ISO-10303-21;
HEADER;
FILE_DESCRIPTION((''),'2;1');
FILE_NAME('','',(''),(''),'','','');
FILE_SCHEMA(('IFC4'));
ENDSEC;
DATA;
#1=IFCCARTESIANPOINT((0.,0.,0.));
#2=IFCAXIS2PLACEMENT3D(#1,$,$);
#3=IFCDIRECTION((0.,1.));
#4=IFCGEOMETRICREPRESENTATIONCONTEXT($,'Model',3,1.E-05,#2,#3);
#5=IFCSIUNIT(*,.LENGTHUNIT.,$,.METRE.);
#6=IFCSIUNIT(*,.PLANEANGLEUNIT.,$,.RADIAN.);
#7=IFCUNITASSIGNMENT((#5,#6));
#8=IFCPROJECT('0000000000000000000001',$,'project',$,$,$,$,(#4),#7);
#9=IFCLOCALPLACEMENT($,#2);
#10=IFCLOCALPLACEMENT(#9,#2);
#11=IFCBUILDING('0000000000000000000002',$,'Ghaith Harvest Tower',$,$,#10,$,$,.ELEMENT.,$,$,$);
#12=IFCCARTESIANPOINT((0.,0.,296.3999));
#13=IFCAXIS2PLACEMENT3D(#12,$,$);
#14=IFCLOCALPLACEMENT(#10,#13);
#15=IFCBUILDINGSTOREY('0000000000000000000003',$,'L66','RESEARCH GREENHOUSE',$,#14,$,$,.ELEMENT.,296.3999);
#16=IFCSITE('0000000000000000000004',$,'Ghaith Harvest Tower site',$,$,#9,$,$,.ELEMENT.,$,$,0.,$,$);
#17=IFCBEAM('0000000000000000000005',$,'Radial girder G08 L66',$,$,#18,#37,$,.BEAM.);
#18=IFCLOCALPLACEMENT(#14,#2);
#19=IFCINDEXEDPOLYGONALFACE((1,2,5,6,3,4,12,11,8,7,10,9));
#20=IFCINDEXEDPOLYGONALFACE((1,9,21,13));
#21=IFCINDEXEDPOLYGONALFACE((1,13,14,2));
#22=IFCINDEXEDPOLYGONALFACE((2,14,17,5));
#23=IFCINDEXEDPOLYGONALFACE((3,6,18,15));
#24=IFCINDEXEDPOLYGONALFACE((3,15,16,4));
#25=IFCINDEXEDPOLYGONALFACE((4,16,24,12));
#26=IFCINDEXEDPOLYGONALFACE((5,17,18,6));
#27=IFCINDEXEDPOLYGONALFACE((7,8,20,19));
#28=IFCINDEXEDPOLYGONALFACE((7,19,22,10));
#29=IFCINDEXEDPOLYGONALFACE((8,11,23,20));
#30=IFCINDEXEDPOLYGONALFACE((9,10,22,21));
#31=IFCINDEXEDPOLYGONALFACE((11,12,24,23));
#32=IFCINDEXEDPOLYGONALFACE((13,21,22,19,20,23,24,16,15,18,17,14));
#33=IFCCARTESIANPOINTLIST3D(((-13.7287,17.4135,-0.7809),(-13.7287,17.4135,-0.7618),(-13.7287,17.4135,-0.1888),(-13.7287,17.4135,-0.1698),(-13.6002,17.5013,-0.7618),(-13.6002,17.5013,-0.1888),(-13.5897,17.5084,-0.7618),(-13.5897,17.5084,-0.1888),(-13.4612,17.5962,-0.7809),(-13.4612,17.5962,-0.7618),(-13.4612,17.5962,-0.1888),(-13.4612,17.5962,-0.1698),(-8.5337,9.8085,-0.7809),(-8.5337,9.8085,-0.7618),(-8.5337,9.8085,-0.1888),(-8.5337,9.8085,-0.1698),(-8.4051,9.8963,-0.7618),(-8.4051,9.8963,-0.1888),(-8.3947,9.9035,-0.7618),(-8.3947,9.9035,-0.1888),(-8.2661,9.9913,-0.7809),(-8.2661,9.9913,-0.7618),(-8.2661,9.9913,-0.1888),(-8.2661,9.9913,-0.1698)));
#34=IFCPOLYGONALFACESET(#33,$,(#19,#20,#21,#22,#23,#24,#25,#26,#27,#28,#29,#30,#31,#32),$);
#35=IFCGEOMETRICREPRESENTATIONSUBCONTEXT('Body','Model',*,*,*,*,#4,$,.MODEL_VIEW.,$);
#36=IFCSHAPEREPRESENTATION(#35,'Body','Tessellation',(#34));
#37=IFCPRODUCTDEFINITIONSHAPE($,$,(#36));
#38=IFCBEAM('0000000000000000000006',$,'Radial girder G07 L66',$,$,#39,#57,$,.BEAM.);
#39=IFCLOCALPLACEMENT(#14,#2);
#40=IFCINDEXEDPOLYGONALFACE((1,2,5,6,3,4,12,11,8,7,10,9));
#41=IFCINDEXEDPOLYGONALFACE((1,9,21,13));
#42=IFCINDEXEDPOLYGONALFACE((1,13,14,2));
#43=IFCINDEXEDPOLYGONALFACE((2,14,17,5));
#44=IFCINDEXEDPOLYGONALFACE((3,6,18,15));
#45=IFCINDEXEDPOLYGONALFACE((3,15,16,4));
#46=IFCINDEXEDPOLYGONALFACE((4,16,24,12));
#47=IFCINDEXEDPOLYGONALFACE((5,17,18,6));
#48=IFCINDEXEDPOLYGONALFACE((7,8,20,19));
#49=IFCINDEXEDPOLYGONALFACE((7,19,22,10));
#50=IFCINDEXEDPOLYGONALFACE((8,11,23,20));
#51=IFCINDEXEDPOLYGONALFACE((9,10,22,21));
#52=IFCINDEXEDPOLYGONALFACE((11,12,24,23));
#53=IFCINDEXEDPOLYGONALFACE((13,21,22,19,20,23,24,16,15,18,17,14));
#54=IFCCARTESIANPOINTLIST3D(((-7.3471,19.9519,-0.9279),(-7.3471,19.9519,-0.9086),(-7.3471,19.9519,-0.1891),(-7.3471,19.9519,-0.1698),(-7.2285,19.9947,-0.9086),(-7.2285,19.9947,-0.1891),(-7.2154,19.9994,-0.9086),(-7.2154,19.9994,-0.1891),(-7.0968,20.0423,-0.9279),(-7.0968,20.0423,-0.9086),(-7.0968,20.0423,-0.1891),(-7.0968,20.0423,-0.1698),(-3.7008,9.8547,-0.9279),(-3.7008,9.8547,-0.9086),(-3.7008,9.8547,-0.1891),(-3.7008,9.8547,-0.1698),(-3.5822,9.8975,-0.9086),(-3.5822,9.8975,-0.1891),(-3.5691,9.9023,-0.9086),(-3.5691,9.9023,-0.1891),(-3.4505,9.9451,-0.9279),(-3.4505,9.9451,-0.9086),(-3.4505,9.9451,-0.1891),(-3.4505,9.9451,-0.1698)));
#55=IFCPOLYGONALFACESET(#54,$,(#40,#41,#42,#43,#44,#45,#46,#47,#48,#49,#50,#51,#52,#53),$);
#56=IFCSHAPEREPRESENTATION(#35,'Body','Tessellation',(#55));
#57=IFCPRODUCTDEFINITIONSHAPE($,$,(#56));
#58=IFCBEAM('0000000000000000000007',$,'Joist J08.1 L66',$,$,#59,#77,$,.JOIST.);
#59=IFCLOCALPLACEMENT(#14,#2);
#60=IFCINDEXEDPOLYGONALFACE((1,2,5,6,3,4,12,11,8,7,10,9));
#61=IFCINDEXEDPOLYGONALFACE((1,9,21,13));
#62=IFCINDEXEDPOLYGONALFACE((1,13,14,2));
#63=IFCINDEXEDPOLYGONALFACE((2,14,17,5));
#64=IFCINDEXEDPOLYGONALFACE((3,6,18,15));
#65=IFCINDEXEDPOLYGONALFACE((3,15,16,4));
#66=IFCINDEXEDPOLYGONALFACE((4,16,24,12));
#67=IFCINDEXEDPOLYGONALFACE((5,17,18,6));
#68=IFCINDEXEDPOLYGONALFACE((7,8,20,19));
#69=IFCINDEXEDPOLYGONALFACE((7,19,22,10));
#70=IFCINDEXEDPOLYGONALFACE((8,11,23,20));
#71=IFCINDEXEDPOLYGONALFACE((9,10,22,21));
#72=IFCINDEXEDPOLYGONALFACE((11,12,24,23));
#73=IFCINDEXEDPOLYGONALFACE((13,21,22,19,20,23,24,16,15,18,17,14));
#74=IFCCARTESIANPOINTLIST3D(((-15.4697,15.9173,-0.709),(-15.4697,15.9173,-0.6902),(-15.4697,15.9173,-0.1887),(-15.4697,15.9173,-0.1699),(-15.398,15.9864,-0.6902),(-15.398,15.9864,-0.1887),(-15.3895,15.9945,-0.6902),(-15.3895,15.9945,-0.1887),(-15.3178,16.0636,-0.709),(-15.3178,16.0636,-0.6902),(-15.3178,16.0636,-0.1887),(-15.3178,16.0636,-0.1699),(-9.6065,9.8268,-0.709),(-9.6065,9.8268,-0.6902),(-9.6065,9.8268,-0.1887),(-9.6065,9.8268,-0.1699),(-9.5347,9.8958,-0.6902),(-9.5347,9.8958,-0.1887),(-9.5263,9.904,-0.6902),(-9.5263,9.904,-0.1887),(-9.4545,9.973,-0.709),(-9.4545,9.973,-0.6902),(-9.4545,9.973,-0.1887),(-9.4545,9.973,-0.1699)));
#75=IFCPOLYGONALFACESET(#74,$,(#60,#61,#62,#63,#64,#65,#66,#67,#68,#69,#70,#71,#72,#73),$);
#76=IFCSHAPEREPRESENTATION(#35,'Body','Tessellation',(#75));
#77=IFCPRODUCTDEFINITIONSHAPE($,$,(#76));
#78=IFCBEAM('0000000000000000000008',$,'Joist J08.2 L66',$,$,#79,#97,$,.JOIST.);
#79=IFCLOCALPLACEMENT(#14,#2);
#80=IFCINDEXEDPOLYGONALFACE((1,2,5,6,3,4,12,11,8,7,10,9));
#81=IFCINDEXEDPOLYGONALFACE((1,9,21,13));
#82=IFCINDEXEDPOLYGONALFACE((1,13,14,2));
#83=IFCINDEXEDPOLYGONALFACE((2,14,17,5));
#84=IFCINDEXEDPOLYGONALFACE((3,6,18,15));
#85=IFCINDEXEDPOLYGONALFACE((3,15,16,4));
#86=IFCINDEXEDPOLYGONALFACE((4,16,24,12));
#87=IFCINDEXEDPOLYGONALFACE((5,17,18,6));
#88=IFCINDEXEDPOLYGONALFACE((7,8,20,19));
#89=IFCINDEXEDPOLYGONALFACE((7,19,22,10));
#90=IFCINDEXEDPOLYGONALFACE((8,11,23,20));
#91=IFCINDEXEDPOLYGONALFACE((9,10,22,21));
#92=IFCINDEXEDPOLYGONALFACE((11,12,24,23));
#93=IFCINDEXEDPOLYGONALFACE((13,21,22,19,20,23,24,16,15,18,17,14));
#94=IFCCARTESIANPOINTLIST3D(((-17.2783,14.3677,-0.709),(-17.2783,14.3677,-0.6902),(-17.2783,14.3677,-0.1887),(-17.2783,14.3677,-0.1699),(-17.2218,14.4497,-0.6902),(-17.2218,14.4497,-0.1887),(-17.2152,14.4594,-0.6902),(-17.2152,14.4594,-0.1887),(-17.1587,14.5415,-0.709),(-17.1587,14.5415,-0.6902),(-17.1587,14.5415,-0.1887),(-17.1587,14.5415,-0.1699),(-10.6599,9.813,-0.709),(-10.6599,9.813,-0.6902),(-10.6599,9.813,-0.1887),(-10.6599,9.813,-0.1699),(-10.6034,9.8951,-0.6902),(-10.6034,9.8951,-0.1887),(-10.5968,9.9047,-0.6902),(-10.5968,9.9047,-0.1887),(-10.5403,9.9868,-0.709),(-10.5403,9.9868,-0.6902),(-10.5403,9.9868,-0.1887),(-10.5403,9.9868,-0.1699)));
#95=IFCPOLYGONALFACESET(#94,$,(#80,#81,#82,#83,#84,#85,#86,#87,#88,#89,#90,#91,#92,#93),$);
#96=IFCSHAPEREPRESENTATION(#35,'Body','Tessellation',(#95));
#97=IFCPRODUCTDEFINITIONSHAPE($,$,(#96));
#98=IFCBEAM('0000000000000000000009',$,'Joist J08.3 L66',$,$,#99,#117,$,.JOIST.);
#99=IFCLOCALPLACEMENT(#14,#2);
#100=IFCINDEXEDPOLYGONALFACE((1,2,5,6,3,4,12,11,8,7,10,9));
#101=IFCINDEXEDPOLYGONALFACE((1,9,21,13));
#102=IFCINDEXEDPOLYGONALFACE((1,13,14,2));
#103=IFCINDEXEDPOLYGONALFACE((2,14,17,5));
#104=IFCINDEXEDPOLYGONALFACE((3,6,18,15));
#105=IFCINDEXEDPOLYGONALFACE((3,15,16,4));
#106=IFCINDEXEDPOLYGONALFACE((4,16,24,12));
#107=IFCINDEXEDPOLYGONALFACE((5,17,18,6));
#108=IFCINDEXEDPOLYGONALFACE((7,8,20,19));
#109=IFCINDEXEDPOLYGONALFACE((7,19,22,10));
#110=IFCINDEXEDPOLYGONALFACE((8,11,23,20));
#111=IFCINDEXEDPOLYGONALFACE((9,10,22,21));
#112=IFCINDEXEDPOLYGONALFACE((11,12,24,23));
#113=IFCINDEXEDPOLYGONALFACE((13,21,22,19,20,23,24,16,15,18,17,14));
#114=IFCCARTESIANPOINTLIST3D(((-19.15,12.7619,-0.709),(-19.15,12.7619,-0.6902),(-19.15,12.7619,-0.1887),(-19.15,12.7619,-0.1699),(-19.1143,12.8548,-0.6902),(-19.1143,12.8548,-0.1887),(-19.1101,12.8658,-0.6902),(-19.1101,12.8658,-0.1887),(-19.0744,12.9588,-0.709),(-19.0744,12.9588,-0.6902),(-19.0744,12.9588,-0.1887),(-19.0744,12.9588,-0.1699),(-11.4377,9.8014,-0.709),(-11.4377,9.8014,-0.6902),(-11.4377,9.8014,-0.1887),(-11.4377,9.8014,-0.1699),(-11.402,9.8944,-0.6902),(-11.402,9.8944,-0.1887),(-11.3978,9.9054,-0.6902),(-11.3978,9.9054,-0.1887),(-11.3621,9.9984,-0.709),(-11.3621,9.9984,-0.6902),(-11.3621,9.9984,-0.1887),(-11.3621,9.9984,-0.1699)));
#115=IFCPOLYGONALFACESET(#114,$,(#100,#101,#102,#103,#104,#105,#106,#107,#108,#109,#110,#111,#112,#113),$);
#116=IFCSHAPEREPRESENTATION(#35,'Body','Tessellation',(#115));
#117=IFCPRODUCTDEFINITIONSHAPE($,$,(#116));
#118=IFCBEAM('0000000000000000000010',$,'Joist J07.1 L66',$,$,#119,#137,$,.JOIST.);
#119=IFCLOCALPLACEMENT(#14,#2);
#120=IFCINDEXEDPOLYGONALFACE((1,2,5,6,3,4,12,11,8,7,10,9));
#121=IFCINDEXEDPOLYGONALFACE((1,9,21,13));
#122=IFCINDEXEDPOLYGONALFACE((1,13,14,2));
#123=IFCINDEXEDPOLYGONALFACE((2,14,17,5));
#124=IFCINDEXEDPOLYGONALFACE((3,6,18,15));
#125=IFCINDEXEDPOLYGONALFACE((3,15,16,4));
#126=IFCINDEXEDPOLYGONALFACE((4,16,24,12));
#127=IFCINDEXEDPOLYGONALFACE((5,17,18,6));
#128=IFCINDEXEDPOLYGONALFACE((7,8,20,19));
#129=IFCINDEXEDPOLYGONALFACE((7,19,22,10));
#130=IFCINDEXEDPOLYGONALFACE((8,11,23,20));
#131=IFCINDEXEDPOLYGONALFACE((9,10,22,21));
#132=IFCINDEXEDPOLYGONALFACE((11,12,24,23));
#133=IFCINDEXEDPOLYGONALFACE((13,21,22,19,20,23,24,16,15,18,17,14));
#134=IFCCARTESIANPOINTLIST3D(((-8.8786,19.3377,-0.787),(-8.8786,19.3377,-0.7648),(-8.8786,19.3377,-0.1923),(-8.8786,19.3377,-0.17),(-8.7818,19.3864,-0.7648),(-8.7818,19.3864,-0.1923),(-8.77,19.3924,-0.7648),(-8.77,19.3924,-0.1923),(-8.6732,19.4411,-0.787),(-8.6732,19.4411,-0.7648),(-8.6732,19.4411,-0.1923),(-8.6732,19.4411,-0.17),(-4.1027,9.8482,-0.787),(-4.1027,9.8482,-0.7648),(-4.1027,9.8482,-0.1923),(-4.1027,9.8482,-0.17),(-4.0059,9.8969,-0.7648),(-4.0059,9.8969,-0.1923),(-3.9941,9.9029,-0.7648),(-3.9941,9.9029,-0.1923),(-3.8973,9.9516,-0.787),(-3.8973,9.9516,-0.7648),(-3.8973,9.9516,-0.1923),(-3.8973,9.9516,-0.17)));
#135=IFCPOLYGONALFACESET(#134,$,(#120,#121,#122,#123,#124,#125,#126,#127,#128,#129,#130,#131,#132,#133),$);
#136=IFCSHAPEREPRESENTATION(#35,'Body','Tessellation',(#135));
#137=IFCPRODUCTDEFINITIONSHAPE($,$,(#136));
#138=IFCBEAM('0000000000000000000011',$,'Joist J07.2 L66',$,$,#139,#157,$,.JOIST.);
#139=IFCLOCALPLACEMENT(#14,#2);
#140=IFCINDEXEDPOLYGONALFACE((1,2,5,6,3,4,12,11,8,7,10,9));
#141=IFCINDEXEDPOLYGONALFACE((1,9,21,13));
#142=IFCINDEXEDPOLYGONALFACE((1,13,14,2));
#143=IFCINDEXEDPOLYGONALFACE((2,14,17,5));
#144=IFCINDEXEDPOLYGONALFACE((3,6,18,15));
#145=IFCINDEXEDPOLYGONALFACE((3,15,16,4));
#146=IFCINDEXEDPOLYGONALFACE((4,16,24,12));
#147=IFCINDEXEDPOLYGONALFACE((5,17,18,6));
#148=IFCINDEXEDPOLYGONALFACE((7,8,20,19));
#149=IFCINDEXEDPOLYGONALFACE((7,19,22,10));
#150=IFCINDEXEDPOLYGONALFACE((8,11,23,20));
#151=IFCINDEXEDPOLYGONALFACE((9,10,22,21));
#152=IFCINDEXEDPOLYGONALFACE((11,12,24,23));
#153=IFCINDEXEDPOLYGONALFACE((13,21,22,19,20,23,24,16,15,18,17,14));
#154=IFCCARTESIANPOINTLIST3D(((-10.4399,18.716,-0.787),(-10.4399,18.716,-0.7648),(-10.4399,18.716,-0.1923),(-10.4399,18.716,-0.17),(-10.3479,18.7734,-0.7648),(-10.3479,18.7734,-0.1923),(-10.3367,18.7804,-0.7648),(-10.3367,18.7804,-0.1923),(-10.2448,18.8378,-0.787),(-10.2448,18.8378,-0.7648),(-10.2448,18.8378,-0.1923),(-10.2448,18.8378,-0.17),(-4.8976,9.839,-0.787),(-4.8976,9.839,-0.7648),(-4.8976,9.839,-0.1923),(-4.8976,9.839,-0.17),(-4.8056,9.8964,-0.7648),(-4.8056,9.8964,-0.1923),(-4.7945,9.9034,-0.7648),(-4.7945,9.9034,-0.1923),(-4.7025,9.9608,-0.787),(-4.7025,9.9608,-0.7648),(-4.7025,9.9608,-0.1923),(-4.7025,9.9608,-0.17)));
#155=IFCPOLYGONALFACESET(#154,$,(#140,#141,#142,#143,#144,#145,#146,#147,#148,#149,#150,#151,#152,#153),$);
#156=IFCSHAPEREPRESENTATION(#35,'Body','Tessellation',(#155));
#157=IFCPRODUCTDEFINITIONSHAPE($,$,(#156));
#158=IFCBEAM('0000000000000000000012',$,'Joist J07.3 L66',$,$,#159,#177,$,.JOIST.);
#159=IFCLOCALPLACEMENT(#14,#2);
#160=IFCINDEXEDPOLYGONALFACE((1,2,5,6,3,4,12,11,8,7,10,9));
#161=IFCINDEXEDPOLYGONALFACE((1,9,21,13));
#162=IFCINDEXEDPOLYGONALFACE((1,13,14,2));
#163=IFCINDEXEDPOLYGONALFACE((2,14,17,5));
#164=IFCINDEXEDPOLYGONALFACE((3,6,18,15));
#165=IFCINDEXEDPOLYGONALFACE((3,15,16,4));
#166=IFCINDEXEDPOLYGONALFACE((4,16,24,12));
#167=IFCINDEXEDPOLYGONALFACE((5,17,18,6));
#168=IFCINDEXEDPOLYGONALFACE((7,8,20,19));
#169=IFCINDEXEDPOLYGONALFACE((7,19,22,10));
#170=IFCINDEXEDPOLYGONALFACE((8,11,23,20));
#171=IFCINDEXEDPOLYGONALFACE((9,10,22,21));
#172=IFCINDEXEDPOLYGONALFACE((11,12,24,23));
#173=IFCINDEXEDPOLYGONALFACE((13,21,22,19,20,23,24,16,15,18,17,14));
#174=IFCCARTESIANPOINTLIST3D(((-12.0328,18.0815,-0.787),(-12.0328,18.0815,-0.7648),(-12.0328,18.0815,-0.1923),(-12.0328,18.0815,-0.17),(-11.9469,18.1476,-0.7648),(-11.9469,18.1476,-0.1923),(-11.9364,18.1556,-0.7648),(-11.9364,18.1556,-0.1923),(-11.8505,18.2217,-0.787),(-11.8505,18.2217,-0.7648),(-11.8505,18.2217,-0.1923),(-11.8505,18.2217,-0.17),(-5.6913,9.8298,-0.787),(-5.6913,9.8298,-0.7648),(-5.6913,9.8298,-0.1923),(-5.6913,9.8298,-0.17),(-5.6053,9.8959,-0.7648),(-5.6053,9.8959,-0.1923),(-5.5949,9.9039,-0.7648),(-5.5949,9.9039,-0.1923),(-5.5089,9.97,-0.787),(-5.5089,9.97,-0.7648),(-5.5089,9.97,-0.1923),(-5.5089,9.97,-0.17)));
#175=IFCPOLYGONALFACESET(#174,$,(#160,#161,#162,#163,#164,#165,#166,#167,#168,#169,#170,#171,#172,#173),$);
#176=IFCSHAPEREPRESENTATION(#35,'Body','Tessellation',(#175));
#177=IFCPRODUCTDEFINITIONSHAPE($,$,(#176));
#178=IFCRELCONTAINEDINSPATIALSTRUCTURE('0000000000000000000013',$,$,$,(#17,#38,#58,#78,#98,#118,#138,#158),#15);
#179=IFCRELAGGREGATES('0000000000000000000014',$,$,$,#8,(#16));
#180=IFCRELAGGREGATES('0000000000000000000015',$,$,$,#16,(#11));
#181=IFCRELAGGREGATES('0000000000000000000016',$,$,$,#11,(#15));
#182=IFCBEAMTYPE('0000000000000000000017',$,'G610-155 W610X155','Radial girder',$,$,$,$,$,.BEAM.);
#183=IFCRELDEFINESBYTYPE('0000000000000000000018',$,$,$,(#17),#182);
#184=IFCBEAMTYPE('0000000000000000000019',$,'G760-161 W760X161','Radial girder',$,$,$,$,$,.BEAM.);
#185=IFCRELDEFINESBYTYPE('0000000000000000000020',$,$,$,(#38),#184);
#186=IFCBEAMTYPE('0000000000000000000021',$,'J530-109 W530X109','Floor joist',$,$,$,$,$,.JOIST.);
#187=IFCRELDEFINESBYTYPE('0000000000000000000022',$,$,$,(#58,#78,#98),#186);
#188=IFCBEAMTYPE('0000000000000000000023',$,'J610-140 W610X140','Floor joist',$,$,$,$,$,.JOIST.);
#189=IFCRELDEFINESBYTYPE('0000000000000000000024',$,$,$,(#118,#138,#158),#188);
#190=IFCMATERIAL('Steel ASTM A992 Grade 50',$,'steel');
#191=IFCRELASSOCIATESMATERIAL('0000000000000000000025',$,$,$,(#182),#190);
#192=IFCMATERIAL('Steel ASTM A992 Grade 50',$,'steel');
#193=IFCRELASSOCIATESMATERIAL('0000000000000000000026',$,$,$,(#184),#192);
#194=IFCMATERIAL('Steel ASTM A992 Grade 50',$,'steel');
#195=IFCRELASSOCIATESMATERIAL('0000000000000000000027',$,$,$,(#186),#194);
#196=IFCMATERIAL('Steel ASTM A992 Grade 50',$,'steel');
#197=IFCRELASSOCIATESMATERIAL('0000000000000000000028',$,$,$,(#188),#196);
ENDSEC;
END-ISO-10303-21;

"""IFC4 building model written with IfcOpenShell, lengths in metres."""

from ifc_helpers import new_model, si_unit, direction, frame, origin, origin_2d, place, context, subcontext, project, spatial, i_section, extrude, material, material_profile, profile_set, type_object, element, save


model = new_model("IFC4")

# Units and contexts
model_context = context("Model", 3, precision=1e-05, world=origin(), true_north=direction((0.0, 1.0)))
body_context = subcontext(model_context, "Body", "Model", "MODEL_VIEW")
ifc_project = project(units=[si_unit("LENGTHUNIT", "METRE"), si_unit("PLANEANGLEUNIT", "RADIAN")], contexts=[model_context])

# Site, building, storey
site_placement = place(None, origin())
site = spatial("IfcSite", under=ifc_project, at=site_placement, Name="Ghaith Harvest Tower site", CompositionType="ELEMENT", RefElevation=0.0)
building_placement = place(site_placement, origin())
building = spatial("IfcBuilding", under=site, at=building_placement, Name="Ghaith Harvest Tower", CompositionType="ELEMENT")
storey_placement = place(building_placement, frame((0.0, 0.0, 296.3999)))
storey = spatial("IfcBuildingStorey", under=building, at=storey_placement, Name="L66", Description="RESEARCH GREENHOUSE", CompositionType="ELEMENT", Elevation=296.3999)

# Beams
ifc_material_1 = material(Name="Steel ASTM A992 Grade 50", Category="steel")
ifc_material_profile_1 = material_profile(ifc_material_1, i_section(OverallWidth=0.324, OverallDepth=0.6111, WebThickness=0.0127, FlangeThickness=0.019, at=origin_2d()), Name="W610X155")
ifc_profile_set_1 = profile_set([ifc_material_profile_1], Name="Steel ASTM A992 Grade 50")
beam_type_1 = type_object("IfcBeamType", Name="G610-155 W610X155", Description="Radial girder", PredefinedType="BEAM", material=ifc_profile_set_1)
beam_1_placement = place(storey_placement, frame((-8.3999, 9.8999, -0.4753), z_axis=(-0.564067, 0.825729, 0.0), x_axis=(-0.825729, -0.564067, 0.0)))
element("IfcBeam", 1, at=beam_1_placement, inside=storey, type_object=beam_type_1, Name="Radial girder G08 L66", PredefinedType="BEAM", context=body_context, shape_type="SweptSolid", body=[
    extrude(i_section(OverallWidth=0.324, OverallDepth=0.6111, WebThickness=0.0127, FlangeThickness=0.019, at=origin_2d()), origin(), (0.0, 0.0, 1.0), 9.21),
])
ifc_material_2 = material(Name="Steel ASTM A992 Grade 50", Category="steel")
ifc_material_profile_2 = material_profile(ifc_material_2, i_section(OverallWidth=0.2661, OverallDepth=0.7581, WebThickness=0.0139, FlangeThickness=0.0193, at=origin_2d()), Name="W760X161")
ifc_profile_set_2 = profile_set([ifc_material_profile_2], Name="Steel ASTM A992 Grade 50")
beam_type_2 = type_object("IfcBeamType", Name="G760-161 W760X161", Description="Radial girder", PredefinedType="BEAM", material=ifc_profile_set_2)
beam_2_placement = place(storey_placement, frame((-3.5757, 9.8999, -0.5488), z_axis=(-0.339648, 0.940553, 0.0), x_axis=(-0.940553, -0.339648, 0.0)))
element("IfcBeam", 2, at=beam_2_placement, inside=storey, type_object=beam_type_2, Name="Radial girder G07 L66", PredefinedType="BEAM", context=body_context, shape_type="SweptSolid", body=[
    extrude(i_section(OverallWidth=0.2661, OverallDepth=0.7581, WebThickness=0.0139, FlangeThickness=0.0193, at=origin_2d()), origin(), (0.0, 0.0, 1.0), 10.7354),
])
ifc_material_3 = material(Name="Steel ASTM A992 Grade 50", Category="steel")
ifc_material_profile_3 = material_profile(ifc_material_3, i_section(OverallWidth=0.2109, OverallDepth=0.5391, WebThickness=0.0117, FlangeThickness=0.0188, at=origin_2d()), Name="W530X109")
ifc_profile_set_3 = profile_set([ifc_material_profile_3], Name="Steel ASTM A992 Grade 50")
beam_type_3 = type_object("IfcBeamType", Name="J530-109 W530X109", Description="Floor joist", PredefinedType="JOIST", material=ifc_profile_set_3)
beam_3_placement = place(storey_placement, frame((-9.5305, 9.8999, -0.4395), z_axis=(-0.693536, 0.720422, 0.0), x_axis=(-0.720422, -0.693536, 0.0)))
element("IfcBeam", 3, at=beam_3_placement, inside=storey, type_object=beam_type_3, Name="Joist J08.1 L66", PredefinedType="JOIST", context=body_context, shape_type="SweptSolid", body=[
    extrude(i_section(OverallWidth=0.2109, OverallDepth=0.5391, WebThickness=0.0117, FlangeThickness=0.0188, at=origin_2d()), origin(), (0.0, 0.0, 1.0), 8.4541),
])
beam_4_placement = place(storey_placement, frame((-10.6001, 9.8999, -0.4395), z_axis=(-0.823779, 0.566912, 0.0), x_axis=(-0.566912, -0.823779, 0.0)))
element("IfcBeam", 4, at=beam_4_placement, inside=storey, type_object=beam_type_3, Name="Joist J08.2 L66", PredefinedType="JOIST", context=body_context, shape_type="SweptSolid", body=[
    extrude(i_section(OverallWidth=0.2109, OverallDepth=0.5391, WebThickness=0.0117, FlangeThickness=0.0188, at=origin_2d()), origin(), (0.0, 0.0, 1.0), 8.0342),
])
beam_5_placement = place(storey_placement, frame((-11.3999, 9.8999, -0.4395), z_axis=(-0.933583, 0.358361, 0.0), x_axis=(-0.358361, -0.933583, 0.0)))
element("IfcBeam", 5, at=beam_5_placement, inside=storey, type_object=beam_type_3, Name="Joist J08.3 L66", PredefinedType="JOIST", context=body_context, shape_type="SweptSolid", body=[
    extrude(i_section(OverallWidth=0.2109, OverallDepth=0.5391, WebThickness=0.0117, FlangeThickness=0.0188, at=origin_2d()), origin(), (0.0, 0.0, 1.0), 8.261),
])
ifc_material_4 = material(Name="Steel ASTM A992 Grade 50", Category="steel")
ifc_material_profile_4 = material_profile(ifc_material_4, i_section(OverallWidth=0.23, OverallDepth=0.6169, WebThickness=0.0132, FlangeThickness=0.0222, at=origin_2d()), Name="W610X140")
ifc_profile_set_4 = profile_set([ifc_material_profile_4], Name="Steel ASTM A992 Grade 50")
beam_type_4 = type_object("IfcBeamType", Name="J610-140 W610X140", Description="Floor joist", PredefinedType="JOIST", material=ifc_profile_set_4)
beam_6_placement = place(storey_placement, frame((-4.0, 9.8999, -0.4785), z_axis=(-0.449556, 0.893252, 0.0), x_axis=(-0.893252, -0.449556, 0.0)))
element("IfcBeam", 6, at=beam_6_placement, inside=storey, type_object=beam_type_4, Name="Joist J07.1 L66", PredefinedType="JOIST", context=body_context, shape_type="SweptSolid", body=[
    extrude(i_section(OverallWidth=0.23, OverallDepth=0.6169, WebThickness=0.0132, FlangeThickness=0.0222, at=origin_2d()), origin(), (0.0, 0.0, 1.0), 10.6235),
])
beam_7_placement = place(storey_placement, frame((-4.8, 9.8999, -0.4785), z_axis=(-0.529596, 0.84825, 0.0), x_axis=(-0.84825, -0.529596, 0.0)))
element("IfcBeam", 7, at=beam_7_placement, inside=storey, type_object=beam_type_4, Name="Joist J07.2 L66", PredefinedType="JOIST", context=body_context, shape_type="SweptSolid", body=[
    extrude(i_section(OverallWidth=0.23, OverallDepth=0.6169, WebThickness=0.0132, FlangeThickness=0.0222, at=origin_2d()), origin(), (0.0, 0.0, 1.0), 10.4651),
])
beam_8_placement = place(storey_placement, frame((-5.6001, 9.8999, -0.4785), z_axis=(-0.609354, 0.792899, 0.0), x_axis=(-0.792899, -0.609354, 0.0)))
element("IfcBeam", 8, at=beam_8_placement, inside=storey, type_object=beam_type_4, Name="Joist J07.3 L66", PredefinedType="JOIST", context=body_context, shape_type="SweptSolid", body=[
    extrude(i_section(OverallWidth=0.23, OverallDepth=0.6169, WebThickness=0.0132, FlangeThickness=0.0222, at=origin_2d()), origin(), (0.0, 0.0, 1.0), 10.407),
])

save(model, "model.ifc")
